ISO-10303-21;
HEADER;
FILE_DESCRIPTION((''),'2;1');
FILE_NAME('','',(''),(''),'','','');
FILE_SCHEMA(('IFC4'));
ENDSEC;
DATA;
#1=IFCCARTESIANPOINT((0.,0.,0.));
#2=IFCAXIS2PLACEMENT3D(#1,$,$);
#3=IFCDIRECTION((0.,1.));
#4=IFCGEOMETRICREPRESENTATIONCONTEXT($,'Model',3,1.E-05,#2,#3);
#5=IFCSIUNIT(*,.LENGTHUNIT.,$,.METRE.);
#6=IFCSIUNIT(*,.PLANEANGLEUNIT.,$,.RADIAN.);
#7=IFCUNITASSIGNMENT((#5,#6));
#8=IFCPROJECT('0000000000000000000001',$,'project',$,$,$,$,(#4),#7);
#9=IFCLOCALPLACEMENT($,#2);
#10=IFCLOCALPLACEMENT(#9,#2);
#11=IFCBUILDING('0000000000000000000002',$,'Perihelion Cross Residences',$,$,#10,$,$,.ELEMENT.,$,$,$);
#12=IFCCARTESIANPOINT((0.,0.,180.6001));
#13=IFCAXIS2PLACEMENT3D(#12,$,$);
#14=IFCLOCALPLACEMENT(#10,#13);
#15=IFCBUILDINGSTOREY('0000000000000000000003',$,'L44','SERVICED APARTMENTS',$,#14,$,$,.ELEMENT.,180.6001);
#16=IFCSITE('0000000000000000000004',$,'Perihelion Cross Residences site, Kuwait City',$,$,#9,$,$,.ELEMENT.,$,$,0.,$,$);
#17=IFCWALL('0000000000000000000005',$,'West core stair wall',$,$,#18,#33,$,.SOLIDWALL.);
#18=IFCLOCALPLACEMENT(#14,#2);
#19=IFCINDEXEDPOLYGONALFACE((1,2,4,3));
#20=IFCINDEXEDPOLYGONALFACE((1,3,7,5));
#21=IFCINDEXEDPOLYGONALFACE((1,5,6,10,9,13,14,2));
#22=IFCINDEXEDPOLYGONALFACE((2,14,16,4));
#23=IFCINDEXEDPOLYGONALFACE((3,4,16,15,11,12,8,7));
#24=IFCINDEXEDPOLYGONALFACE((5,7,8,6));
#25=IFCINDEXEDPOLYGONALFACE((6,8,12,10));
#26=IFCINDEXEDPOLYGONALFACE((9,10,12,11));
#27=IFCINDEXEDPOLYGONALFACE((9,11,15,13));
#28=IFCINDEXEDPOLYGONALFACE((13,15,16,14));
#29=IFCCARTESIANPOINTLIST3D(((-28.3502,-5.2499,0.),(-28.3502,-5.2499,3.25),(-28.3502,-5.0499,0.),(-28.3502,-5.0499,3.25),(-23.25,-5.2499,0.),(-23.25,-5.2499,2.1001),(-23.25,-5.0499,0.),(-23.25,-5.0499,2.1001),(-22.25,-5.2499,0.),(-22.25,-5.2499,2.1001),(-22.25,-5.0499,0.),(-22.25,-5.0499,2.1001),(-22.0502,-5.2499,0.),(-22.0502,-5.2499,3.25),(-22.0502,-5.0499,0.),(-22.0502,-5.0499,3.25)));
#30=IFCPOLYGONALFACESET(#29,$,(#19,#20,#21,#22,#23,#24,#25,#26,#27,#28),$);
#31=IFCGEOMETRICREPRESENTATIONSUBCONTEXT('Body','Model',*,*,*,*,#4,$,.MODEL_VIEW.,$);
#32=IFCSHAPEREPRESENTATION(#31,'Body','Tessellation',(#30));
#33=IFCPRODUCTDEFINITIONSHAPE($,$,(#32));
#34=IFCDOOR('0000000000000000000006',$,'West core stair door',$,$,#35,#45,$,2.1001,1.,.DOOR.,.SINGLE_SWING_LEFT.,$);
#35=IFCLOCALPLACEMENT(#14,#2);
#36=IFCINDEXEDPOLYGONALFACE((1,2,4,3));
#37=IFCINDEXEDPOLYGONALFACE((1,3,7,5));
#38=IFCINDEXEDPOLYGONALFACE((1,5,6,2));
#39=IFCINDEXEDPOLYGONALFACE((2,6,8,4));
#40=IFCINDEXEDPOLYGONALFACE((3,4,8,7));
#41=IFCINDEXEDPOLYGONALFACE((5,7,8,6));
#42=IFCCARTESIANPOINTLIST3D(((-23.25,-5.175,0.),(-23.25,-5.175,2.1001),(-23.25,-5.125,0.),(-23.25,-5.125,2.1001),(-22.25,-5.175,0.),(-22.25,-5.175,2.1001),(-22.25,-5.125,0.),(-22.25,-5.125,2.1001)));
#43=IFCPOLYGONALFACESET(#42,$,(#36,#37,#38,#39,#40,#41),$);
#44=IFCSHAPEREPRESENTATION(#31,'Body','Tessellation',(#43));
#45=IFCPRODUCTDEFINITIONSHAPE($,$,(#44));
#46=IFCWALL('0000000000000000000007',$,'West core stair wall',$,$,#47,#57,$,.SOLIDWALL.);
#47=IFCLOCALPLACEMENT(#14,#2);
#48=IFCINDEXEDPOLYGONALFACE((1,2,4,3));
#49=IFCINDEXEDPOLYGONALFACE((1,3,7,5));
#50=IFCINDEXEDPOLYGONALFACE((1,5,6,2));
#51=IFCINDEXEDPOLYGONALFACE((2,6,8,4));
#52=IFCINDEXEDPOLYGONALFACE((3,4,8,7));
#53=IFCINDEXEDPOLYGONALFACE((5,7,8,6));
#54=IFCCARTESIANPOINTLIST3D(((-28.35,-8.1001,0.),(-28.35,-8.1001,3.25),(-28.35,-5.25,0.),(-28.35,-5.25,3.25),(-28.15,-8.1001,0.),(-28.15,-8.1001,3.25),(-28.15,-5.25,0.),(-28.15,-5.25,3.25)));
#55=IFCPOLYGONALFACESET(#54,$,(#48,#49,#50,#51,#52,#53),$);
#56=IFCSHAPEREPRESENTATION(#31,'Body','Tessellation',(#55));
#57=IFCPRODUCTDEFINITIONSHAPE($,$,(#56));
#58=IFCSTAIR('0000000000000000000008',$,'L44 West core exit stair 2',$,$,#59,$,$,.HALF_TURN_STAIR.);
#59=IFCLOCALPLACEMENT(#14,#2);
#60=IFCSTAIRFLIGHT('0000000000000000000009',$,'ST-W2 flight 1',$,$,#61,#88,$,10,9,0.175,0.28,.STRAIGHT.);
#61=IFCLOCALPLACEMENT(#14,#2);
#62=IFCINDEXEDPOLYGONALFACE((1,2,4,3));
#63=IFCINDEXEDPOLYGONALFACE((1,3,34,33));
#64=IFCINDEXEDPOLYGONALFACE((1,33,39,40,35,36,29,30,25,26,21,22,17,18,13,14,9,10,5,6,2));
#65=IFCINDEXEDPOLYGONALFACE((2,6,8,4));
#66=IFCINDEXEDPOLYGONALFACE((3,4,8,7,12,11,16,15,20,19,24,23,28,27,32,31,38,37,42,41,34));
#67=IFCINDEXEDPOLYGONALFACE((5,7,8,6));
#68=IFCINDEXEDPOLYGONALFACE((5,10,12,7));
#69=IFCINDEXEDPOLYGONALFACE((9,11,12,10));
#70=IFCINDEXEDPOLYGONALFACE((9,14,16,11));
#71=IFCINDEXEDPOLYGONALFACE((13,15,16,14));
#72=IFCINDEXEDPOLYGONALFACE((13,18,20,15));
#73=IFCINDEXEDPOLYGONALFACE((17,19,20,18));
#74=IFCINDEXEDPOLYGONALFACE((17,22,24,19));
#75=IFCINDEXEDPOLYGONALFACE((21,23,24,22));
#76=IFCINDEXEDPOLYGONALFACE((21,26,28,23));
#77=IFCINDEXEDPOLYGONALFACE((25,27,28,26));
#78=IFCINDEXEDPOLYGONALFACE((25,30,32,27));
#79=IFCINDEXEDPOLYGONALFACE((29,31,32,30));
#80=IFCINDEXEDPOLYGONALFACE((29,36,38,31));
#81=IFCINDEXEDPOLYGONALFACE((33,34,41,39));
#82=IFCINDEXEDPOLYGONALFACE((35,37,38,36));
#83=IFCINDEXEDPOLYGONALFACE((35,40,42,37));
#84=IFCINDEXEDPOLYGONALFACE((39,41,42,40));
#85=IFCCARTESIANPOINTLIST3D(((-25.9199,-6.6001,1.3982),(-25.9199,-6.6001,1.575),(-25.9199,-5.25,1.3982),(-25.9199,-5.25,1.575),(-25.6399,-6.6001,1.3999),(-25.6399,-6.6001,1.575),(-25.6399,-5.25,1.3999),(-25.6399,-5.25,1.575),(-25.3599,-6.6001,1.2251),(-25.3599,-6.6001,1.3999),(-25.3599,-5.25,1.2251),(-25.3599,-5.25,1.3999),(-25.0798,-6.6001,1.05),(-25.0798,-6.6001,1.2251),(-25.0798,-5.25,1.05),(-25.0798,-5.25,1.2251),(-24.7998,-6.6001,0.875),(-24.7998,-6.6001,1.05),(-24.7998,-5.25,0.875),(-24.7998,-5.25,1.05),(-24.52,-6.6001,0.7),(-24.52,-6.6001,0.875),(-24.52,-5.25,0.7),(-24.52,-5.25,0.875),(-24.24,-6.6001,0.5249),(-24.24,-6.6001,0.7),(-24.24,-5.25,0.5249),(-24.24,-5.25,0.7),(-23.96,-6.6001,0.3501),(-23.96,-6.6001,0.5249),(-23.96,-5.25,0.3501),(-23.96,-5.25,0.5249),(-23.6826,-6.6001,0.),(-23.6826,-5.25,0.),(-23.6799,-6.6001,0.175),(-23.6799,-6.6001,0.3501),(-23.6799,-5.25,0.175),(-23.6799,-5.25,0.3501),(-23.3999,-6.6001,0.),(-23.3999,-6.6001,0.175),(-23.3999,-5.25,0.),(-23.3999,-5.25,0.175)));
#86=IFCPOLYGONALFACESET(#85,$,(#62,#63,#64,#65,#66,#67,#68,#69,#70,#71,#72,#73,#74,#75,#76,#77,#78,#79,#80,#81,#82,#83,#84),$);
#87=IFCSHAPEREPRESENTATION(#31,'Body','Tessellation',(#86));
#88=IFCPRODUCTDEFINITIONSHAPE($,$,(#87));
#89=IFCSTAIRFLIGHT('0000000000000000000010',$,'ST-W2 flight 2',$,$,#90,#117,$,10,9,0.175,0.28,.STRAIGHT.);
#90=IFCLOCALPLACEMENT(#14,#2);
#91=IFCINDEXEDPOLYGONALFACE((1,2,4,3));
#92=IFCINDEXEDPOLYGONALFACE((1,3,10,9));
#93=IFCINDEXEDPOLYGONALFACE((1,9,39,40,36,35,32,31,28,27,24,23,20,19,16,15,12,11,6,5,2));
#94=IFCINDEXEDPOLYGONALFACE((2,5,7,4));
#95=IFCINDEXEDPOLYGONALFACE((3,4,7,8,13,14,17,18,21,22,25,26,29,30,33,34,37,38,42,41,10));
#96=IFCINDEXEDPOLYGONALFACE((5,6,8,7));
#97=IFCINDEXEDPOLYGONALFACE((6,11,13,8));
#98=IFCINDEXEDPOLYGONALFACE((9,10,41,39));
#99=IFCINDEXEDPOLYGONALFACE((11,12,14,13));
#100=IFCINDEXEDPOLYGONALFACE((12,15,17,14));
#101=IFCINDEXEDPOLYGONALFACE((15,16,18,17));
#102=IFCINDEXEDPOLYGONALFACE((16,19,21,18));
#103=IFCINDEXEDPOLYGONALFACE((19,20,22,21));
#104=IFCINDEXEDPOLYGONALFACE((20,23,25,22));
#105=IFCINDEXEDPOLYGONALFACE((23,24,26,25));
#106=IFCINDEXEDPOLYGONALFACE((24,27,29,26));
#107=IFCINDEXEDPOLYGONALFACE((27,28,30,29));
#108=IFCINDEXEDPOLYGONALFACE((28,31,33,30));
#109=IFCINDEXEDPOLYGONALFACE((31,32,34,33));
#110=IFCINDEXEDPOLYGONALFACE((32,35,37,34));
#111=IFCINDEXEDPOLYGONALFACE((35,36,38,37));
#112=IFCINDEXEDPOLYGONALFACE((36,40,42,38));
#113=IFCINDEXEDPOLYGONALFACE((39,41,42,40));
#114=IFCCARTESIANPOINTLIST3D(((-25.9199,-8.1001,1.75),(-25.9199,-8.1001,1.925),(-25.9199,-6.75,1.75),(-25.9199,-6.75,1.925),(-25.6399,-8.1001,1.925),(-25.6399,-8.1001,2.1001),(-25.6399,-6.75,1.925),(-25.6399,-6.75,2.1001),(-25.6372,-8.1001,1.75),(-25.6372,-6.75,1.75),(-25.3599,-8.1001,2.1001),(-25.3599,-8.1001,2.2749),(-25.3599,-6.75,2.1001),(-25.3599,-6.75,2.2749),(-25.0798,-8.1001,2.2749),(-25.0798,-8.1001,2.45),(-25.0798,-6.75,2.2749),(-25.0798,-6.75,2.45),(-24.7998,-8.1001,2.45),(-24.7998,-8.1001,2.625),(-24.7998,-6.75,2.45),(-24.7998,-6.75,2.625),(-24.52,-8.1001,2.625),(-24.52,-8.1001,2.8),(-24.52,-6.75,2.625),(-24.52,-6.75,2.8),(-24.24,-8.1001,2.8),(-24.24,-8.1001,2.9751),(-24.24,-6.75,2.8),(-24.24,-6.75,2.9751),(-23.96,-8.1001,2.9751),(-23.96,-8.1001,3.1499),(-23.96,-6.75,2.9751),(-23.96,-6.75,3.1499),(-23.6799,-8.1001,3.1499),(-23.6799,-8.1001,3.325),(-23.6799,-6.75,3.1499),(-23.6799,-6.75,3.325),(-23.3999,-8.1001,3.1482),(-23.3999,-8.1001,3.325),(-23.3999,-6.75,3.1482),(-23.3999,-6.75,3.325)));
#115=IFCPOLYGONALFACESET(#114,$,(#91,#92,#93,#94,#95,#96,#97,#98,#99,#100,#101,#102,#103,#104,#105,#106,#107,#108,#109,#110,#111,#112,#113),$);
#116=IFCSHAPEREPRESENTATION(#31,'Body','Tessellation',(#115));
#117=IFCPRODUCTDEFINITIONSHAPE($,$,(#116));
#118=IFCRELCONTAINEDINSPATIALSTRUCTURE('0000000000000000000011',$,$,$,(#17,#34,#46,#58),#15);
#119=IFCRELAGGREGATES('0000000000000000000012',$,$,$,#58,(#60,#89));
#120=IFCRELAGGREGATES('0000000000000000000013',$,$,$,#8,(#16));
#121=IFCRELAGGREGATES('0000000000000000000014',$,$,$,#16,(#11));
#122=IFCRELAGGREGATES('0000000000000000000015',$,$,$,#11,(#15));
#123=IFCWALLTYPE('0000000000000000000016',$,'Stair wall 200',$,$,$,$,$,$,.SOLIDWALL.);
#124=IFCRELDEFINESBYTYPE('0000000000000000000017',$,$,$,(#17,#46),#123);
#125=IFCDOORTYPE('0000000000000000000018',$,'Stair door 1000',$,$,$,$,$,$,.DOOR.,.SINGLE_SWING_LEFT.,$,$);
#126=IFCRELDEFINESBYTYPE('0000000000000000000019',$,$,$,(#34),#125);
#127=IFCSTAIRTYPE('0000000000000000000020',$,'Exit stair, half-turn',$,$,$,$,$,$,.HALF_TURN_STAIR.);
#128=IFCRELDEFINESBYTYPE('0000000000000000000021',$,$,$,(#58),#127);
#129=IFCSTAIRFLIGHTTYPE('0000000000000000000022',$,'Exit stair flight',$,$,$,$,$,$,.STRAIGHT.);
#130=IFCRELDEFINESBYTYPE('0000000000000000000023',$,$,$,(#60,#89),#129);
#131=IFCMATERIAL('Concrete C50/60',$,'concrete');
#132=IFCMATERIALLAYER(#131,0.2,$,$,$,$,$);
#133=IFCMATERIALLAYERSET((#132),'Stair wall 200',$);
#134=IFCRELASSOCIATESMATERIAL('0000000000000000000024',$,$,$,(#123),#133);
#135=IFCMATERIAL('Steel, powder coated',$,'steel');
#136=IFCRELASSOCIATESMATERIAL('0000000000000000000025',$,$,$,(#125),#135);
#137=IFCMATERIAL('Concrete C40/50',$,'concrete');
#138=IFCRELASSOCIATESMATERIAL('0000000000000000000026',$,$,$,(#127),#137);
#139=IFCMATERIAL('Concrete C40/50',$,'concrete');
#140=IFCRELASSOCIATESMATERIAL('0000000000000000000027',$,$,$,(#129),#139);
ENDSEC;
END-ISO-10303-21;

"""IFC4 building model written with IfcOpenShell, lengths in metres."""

from ifc_helpers import new_model, si_unit, direction, frame, frame_2d, origin, place, context, subcontext, project, spatial, polyline, rectangle, outline, extrude, material, layer, layer_set, type_object, element, fill, aggregate, save


model = new_model("IFC4")

# Units and contexts
model_context = context("Model", 3, precision=1e-05, world=origin(), true_north=direction((0.0, 1.0)))
body_context = subcontext(model_context, "Body", "Model", "MODEL_VIEW")
ifc_project = project(units=[si_unit("LENGTHUNIT", "METRE"), si_unit("PLANEANGLEUNIT", "RADIAN")], contexts=[model_context])

# Site, building, storey
site_placement = place(None, origin())
site = spatial("IfcSite", under=ifc_project, at=site_placement, Name="Perihelion Cross Residences site, Kuwait City", CompositionType="ELEMENT", RefElevation=0.0)
building_placement = place(site_placement, origin())
building = spatial("IfcBuilding", under=site, at=building_placement, Name="Perihelion Cross Residences", CompositionType="ELEMENT")
storey_placement = place(building_placement, frame((0.0, 0.0, 180.6001)))
storey = spatial("IfcBuildingStorey", under=building, at=storey_placement, Name="L44", Description="SERVICED APARTMENTS", CompositionType="ELEMENT", Elevation=180.6001)

# Wall, opening, door
ifc_material_1 = material(Name="Concrete C50/60", Category="concrete")
ifc_layer_1 = layer(ifc_material_1, 0.2)
ifc_layer_set_1 = layer_set([ifc_layer_1], Name="Stair wall 200")
wall_type_1 = type_object("IfcWallType", Name="Stair wall 200", PredefinedType="SOLIDWALL", material=ifc_layer_set_1)
wall_1_placement = place(storey_placement, frame((-28.3501, -5.1499, 0.0), z_axis=(0.0, 0.0, 1.0), x_axis=(1.0, 0.0, 0.0)))
wall_1 = element("IfcWall", 1, at=wall_1_placement, inside=storey, type_object=wall_type_1, Name="West core stair wall", PredefinedType="SOLIDWALL", context=body_context, shape_type="SweptSolid", body=[
    extrude(rectangle(XDim=6.3, YDim=0.2, at=frame_2d((3.1499, 0.0))), origin(), (0.0, 0.0, 1.0), 3.25),
])
opening_1_placement = place(wall_1_placement, frame((5.1001, 0.0, 0.0)))
opening_1 = element("IfcOpeningElement", 2, at=opening_1_placement, cuts=wall_1, PredefinedType="OPENING", context=body_context, shape_type="SweptSolid", body=[
    extrude(rectangle(XDim=1.0, YDim=2.1001, at=frame_2d((0.5, 1.05))), frame((0.0, 0.1099, 0.0), z_axis=(0.0, -1.0, 0.0), x_axis=(1.0, 0.0, 0.0)), (0.0, 0.0, 1.0), 0.22),
])
ifc_material_2 = material(Name="Steel, powder coated", Category="steel")
door_type_1 = type_object("IfcDoorType", Name="Stair door 1000", OperationType="SINGLE_SWING_LEFT", PredefinedType="DOOR", material=ifc_material_2)
door_1_placement = place(opening_1_placement, origin())
door_1 = element("IfcDoor", 3, at=door_1_placement, inside=storey, type_object=door_type_1, Name="West core stair door", OperationType="SINGLE_SWING_LEFT", OverallHeight=2.1001, OverallWidth=1.0, PredefinedType="DOOR", context=body_context, shape_type="SweptSolid", body=[
    extrude(rectangle(XDim=1.0, YDim=2.1001, at=frame_2d((0.5, 1.05))), frame((0.0, 0.0249, 0.0), z_axis=(0.0, -1.0, 0.0), x_axis=(1.0, 0.0, 0.0)), (0.0, 0.0, 1.0), 0.05),
])
fill(opening_1, door_1)

# Wall
wall_2_placement = place(storey_placement, frame((-28.25, -8.1001, 0.0), z_axis=(0.0, 0.0, 1.0), x_axis=(0.0, 1.0, 0.0)))
element("IfcWall", 4, at=wall_2_placement, inside=storey, type_object=wall_type_1, Name="West core stair wall", PredefinedType="SOLIDWALL", context=body_context, shape_type="SweptSolid", body=[
    extrude(rectangle(XDim=2.8501, YDim=0.2, at=frame_2d((1.425, 0.0))), origin(), (0.0, 0.0, 1.0), 3.25),
])

# Stair, stair flights
ifc_material_3 = material(Name="Concrete C40/50", Category="concrete")
stair_type = type_object("IfcStairType", Name="Exit stair, half-turn", PredefinedType="HALF_TURN_STAIR", material=ifc_material_3)
stair_placement = place(storey_placement, origin())
stair = element("IfcStair", 5, at=stair_placement, inside=storey, type_object=stair_type, Name="L44 West core exit stair 2", PredefinedType="HALF_TURN_STAIR")
ifc_material_4 = material(Name="Concrete C40/50", Category="concrete")
stair_flight_type = type_object("IfcStairFlightType", Name="Exit stair flight", PredefinedType="STRAIGHT", material=ifc_material_4)
stair_flight_1_placement = place(storey_placement, frame((-23.3999, -5.925, 0.0), z_axis=(0.0, 0.0, 1.0), x_axis=(-1.0, 0.0, 0.0)))
stair_flight_1 = element("IfcStairFlight", 6, at=stair_flight_1_placement, type_object=stair_flight_type, Name="ST-W2 flight 1", NumberOfRisers=10, NumberOfTreads=9, PredefinedType="STRAIGHT", RiserHeight=0.175, TreadLength=0.28, context=body_context, shape_type="SweptSolid", body=[
    extrude(outline(polyline([(0.0, 0.0), (0.0, 0.175), (0.28, 0.175), (0.28, 0.3501), (0.5601, 0.3501), (0.5601, 0.5249), (0.8401, 0.5249), (0.8401, 0.7), (1.1201, 0.7), (1.1201, 0.875), (1.3999, 0.875), (1.3999, 1.05), (1.6799, 1.05), (1.6799, 1.2251), (1.96, 1.2251), (1.96, 1.3999), (2.24, 1.3999), (2.24, 1.575), (2.52, 1.575), (2.52, 1.75), (2.52, 1.3982), (0.2827, 0.0), (0.0, 0.0)])), frame((0.0, 0.675, 0.0), z_axis=(0.0, -1.0, 0.0), x_axis=(1.0, 0.0, 0.0)), (0.0, 0.0, 1.0), 1.3501),
])
stair_flight_2_placement = place(storey_placement, frame((-25.9199, -7.425, 1.75), z_axis=(0.0, 0.0, 1.0), x_axis=(1.0, 0.0, 0.0)))
stair_flight_2 = element("IfcStairFlight", 7, at=stair_flight_2_placement, type_object=stair_flight_type, Name="ST-W2 flight 2", NumberOfRisers=10, NumberOfTreads=9, PredefinedType="STRAIGHT", RiserHeight=0.175, TreadLength=0.28, context=body_context, shape_type="SweptSolid", body=[
    extrude(outline(polyline([(0.0, 0.0), (0.0, 0.175), (0.28, 0.175), (0.28, 0.3501), (0.5601, 0.3501), (0.5601, 0.5249), (0.8401, 0.5249), (0.8401, 0.7), (1.1201, 0.7), (1.1201, 0.875), (1.3999, 0.875), (1.3999, 1.05), (1.6799, 1.05), (1.6799, 1.2251), (1.96, 1.2251), (1.96, 1.3999), (2.24, 1.3999), (2.24, 1.575), (2.52, 1.575), (2.52, 1.75), (2.52, 1.3982), (0.2827, 0.0), (0.0, 0.0)])), frame((0.0, 0.675, 0.0), z_axis=(0.0, -1.0, 0.0), x_axis=(1.0, 0.0, 0.0)), (0.0, 0.0, 1.0), 1.3501),
])
aggregate(stair, [stair_flight_1, stair_flight_2])

save(model, "model.ifc")
